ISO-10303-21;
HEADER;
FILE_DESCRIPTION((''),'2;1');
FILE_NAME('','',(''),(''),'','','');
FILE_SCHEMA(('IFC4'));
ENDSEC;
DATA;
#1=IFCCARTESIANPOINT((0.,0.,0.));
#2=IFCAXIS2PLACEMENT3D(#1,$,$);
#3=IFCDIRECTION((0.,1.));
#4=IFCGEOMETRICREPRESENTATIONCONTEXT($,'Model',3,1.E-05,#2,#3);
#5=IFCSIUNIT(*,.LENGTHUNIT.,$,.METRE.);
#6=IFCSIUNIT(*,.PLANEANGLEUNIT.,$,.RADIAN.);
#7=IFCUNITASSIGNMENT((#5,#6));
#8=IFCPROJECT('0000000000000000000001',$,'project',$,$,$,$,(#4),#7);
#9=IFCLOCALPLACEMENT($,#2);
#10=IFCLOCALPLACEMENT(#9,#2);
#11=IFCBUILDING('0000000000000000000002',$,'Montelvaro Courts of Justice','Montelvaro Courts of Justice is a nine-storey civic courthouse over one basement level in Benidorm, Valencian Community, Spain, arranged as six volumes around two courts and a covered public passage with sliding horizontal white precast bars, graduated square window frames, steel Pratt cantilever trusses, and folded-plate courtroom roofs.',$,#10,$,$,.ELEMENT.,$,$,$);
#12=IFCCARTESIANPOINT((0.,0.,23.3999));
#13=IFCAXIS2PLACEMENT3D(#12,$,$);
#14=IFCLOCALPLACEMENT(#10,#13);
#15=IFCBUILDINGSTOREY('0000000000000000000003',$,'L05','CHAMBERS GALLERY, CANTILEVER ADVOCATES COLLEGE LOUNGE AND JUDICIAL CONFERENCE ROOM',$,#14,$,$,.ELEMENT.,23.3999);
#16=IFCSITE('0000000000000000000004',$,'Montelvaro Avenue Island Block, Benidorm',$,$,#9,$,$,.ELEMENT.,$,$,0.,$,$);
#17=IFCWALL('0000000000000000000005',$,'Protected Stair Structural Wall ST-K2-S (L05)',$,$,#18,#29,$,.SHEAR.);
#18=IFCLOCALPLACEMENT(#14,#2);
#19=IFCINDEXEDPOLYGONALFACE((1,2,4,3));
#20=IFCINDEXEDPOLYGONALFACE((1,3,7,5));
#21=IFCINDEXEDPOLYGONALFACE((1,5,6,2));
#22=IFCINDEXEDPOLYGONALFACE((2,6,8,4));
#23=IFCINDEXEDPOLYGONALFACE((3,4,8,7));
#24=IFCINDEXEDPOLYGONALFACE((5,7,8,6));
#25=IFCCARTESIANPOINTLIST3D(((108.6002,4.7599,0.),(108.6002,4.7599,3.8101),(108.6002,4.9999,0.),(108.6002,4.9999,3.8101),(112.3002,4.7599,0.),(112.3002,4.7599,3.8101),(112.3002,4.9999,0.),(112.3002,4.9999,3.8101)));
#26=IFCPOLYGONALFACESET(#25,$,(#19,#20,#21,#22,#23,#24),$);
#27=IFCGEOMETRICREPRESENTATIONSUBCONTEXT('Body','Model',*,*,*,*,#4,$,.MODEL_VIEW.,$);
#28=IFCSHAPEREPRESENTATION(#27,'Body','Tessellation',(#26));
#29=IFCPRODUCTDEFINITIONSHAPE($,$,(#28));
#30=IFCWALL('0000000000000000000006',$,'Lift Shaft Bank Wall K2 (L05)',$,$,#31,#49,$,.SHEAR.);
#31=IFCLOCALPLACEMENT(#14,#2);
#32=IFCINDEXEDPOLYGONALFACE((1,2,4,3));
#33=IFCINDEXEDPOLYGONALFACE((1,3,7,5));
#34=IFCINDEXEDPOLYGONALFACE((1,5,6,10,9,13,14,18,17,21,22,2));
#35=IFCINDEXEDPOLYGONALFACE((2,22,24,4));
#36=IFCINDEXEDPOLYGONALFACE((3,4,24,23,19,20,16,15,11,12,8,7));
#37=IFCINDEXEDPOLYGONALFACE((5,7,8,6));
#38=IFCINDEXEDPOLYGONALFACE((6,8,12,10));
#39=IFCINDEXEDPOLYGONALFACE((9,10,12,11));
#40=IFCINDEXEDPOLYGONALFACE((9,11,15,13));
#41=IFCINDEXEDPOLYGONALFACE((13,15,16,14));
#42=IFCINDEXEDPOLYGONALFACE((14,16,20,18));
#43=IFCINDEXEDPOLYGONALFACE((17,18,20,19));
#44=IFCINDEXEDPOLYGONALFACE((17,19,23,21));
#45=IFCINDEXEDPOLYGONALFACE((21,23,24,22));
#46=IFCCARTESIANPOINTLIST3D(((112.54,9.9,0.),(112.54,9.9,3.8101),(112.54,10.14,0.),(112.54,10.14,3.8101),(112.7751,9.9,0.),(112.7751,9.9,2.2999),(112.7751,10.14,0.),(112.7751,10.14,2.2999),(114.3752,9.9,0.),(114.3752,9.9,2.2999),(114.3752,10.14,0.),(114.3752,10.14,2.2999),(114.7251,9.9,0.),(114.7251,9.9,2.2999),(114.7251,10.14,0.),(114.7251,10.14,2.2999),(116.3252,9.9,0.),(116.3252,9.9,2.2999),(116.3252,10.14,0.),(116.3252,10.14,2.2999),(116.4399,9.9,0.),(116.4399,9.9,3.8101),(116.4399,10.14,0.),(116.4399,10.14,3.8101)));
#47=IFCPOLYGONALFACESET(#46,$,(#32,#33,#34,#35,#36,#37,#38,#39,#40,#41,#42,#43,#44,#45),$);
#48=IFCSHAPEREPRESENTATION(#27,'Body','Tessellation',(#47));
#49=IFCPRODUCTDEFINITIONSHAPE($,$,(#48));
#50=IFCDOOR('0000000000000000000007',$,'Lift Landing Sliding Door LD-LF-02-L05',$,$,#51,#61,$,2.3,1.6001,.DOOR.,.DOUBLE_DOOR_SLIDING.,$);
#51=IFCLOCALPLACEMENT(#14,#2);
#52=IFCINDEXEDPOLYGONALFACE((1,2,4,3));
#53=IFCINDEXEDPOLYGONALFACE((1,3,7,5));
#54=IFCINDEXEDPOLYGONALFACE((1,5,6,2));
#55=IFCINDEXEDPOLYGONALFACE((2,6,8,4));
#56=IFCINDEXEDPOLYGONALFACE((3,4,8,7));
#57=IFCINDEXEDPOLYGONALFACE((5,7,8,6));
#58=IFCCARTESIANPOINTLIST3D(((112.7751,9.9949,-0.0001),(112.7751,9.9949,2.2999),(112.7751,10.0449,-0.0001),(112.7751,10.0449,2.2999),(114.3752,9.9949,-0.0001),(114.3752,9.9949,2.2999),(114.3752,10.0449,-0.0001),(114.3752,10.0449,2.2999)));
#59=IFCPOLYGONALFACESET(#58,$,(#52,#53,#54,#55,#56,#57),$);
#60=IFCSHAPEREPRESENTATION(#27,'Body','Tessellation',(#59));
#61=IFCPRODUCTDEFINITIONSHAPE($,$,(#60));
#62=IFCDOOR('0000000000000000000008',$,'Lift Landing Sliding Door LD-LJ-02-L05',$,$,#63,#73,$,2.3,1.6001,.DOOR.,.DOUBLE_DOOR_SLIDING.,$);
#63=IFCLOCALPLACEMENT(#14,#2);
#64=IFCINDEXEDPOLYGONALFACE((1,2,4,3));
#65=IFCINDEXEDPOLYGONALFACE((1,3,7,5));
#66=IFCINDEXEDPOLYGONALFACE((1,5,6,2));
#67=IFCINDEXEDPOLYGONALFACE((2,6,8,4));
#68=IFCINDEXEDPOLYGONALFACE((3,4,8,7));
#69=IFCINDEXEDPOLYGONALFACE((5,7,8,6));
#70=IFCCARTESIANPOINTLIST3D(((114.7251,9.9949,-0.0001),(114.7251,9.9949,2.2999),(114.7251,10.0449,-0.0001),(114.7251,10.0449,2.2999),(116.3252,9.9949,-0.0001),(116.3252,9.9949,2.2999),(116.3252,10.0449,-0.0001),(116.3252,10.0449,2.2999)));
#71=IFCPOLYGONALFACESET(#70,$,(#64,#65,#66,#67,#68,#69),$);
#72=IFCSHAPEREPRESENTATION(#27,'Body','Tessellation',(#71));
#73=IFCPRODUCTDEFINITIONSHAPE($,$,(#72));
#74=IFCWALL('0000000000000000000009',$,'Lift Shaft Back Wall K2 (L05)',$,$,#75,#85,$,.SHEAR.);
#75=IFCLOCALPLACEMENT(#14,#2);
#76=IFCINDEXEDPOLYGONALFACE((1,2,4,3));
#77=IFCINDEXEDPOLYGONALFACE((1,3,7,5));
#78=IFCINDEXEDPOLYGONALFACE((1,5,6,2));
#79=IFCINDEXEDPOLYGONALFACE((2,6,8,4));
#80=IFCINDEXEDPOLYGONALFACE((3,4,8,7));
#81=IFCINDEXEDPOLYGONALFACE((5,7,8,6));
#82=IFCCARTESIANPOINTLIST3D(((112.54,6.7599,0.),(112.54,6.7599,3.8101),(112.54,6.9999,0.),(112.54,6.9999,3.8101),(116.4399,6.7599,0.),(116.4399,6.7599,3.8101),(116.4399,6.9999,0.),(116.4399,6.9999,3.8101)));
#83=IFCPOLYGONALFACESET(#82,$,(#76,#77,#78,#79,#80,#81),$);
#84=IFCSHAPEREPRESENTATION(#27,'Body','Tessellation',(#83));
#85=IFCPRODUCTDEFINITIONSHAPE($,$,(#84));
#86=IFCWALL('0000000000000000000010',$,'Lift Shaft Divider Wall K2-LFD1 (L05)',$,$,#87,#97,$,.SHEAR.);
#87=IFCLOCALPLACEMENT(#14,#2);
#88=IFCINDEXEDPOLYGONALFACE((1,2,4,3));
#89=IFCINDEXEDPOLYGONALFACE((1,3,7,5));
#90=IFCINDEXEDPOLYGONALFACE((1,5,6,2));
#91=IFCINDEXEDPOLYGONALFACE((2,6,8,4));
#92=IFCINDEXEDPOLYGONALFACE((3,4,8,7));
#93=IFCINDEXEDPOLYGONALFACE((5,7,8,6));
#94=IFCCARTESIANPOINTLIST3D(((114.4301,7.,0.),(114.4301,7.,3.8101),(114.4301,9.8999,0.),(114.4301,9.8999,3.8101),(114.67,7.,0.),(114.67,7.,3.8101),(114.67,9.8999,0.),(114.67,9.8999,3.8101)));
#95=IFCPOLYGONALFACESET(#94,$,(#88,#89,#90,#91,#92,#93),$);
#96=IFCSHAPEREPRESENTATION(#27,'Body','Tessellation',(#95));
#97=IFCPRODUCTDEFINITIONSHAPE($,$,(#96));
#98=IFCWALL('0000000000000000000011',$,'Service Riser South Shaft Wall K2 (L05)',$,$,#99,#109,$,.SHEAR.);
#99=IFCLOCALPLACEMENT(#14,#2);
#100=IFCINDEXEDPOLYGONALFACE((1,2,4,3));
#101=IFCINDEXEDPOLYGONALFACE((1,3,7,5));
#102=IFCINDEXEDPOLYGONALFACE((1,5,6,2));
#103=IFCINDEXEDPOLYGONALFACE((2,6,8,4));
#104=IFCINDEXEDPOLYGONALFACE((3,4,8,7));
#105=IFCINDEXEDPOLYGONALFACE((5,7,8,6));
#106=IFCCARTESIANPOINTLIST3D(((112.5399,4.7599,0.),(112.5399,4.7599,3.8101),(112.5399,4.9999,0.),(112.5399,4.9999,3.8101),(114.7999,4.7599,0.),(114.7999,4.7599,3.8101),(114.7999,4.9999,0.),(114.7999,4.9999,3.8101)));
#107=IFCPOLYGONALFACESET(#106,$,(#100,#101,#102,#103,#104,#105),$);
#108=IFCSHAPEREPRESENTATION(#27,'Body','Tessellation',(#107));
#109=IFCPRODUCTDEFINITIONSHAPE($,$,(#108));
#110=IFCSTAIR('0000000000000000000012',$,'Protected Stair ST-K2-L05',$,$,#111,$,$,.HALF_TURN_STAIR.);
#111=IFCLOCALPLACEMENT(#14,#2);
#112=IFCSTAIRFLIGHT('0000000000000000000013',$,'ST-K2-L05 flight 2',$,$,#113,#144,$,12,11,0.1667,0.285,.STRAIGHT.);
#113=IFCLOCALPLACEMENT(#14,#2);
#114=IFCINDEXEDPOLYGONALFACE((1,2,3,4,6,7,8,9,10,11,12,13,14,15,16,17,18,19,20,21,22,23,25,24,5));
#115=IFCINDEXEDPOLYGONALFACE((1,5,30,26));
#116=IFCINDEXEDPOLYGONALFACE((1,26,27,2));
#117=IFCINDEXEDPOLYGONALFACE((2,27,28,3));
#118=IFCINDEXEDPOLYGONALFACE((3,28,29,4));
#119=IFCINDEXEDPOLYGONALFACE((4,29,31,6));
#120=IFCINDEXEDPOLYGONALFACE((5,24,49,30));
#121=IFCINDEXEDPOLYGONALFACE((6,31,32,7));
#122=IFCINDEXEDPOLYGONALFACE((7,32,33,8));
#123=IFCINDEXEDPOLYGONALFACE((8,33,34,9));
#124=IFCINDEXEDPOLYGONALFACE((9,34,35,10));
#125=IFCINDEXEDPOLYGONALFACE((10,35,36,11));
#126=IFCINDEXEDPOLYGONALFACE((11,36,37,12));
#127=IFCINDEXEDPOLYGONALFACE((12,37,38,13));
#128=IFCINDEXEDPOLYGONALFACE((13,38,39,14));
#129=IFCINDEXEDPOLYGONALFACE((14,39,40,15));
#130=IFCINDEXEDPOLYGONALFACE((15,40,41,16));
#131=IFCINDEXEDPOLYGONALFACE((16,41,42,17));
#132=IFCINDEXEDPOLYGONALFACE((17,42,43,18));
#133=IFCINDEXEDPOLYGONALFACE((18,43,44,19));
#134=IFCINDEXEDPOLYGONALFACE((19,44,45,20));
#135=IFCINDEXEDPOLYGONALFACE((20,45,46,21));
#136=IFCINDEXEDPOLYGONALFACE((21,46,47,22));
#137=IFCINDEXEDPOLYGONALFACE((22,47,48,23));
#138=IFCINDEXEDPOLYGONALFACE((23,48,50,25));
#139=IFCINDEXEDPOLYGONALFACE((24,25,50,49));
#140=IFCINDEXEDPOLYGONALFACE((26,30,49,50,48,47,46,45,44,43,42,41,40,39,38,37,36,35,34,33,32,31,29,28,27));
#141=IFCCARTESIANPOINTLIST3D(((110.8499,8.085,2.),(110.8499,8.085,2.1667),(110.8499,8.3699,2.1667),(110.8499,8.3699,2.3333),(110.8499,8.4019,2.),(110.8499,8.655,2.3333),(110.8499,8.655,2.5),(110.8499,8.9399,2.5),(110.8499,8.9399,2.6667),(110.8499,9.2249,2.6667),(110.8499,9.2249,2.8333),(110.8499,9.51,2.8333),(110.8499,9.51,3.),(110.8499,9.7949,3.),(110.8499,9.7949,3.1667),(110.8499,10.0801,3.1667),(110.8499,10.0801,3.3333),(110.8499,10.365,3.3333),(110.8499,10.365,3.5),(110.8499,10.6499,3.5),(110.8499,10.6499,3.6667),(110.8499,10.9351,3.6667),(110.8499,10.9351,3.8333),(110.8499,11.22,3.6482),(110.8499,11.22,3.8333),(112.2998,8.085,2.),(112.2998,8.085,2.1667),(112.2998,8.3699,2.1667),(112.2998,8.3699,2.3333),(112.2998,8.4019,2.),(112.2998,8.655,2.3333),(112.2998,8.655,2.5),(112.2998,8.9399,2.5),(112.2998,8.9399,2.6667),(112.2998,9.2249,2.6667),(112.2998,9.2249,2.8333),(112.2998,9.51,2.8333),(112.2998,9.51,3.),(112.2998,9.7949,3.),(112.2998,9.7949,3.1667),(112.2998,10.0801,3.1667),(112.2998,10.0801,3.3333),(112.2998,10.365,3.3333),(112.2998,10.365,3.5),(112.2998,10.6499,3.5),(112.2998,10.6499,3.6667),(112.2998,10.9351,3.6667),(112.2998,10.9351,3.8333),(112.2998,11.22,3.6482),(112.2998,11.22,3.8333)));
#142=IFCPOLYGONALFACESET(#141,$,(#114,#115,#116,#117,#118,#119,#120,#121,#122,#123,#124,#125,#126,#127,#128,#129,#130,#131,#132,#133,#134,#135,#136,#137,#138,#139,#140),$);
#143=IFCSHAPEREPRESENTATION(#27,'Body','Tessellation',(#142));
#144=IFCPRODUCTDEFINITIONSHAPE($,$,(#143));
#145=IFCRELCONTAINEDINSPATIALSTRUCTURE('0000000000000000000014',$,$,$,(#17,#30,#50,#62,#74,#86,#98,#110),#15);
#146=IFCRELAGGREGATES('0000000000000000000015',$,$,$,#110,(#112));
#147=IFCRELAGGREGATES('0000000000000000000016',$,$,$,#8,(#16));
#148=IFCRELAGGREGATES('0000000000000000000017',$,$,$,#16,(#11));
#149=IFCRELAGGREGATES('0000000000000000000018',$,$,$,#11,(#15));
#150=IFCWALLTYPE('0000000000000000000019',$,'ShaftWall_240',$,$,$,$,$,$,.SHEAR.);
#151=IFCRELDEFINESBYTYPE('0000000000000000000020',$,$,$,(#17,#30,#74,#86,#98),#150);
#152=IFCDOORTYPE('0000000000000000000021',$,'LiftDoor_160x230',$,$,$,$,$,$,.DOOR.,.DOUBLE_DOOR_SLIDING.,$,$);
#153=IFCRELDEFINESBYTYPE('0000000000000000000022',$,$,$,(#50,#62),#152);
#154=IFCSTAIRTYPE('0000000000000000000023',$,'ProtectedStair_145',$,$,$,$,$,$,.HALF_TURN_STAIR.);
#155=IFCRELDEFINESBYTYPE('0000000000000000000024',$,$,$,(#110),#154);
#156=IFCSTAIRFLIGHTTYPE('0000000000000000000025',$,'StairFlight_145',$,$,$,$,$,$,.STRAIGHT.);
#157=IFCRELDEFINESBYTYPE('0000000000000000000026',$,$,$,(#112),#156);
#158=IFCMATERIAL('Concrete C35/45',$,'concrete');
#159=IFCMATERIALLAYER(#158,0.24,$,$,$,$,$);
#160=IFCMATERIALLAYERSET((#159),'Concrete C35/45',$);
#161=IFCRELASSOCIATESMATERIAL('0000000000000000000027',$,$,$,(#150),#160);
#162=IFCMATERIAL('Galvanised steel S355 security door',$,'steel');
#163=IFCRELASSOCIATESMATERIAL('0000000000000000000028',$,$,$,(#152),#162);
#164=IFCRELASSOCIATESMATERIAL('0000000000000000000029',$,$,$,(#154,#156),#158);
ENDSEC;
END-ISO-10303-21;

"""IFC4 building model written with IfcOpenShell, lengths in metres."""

from ifc_helpers import new_model, si_unit, direction, frame, frame_2d, origin, place, context, subcontext, project, spatial, polyline, rectangle, outline, extrude, material, layer, layer_set, type_object, element, fill, aggregate, save


model = new_model("IFC4")

# Units and contexts
model_context = context("Model", 3, precision=1e-05, world=origin(), true_north=direction((0.0, 1.0)))
body_context = subcontext(model_context, "Body", "Model", "MODEL_VIEW")
ifc_project = project(units=[si_unit("LENGTHUNIT", "METRE"), si_unit("PLANEANGLEUNIT", "RADIAN")], contexts=[model_context])

# Site, building, storey
site_placement = place(None, origin())
site = spatial("IfcSite", under=ifc_project, at=site_placement, Name="Montelvaro Avenue Island Block, Benidorm", CompositionType="ELEMENT", RefElevation=0.0)
building_placement = place(site_placement, origin())
building = spatial("IfcBuilding", under=site, at=building_placement, Name="Montelvaro Courts of Justice", Description="Montelvaro Courts of Justice is a nine-storey civic courthouse over one basement level in Benidorm, Valencian Community, Spain, arranged as six volumes around two courts and a covered public passage with sliding horizontal white precast bars, graduated square window frames, steel Pratt cantilever trusses, and folded-plate courtroom roofs.", CompositionType="ELEMENT")
storey_placement = place(building_placement, frame((0.0, 0.0, 23.3999)))
storey = spatial("IfcBuildingStorey", under=building, at=storey_placement, Name="L05", Description="CHAMBERS GALLERY, CANTILEVER ADVOCATES COLLEGE LOUNGE AND JUDICIAL CONFERENCE ROOM", CompositionType="ELEMENT", Elevation=23.3999)

# Shared definitions
ifc_material_1 = material(Name="Concrete C35/45", Category="concrete")
ifc_layer_1 = layer(ifc_material_1, 0.24)
ifc_layer_set_1 = layer_set([ifc_layer_1], Name="Concrete C35/45")
wall_type_1 = type_object("IfcWallType", Name="ShaftWall_240", PredefinedType="SHEAR", material=ifc_layer_set_1)

# Shared definitions
ifc_material_2 = material(Name="Galvanised steel S355 security door", Category="steel")

# Wall
wall_1_placement = place(storey_placement, frame((108.6001, 4.8799, 0.0), z_axis=(0.0, 0.0, 1.0), x_axis=(1.0, 0.0, 0.0)))
element("IfcWall", 1, at=wall_1_placement, inside=storey, type_object=wall_type_1, Name="Protected Stair Structural Wall ST-K2-S (L05)", PredefinedType="SHEAR", context=body_context, shape_type="SweptSolid", body=[
    extrude(rectangle(XDim=3.7, YDim=0.24, at=frame_2d((1.8501, 0.0))), origin(), (0.0, 0.0, 1.0), 3.8101),
])

# Wall, openings, doors
wall_2_placement = place(storey_placement, frame((112.54, 10.02, 0.0), z_axis=(0.0, 0.0, 1.0), x_axis=(1.0, 0.0, 0.0)))
wall_2 = element("IfcWall", 2, at=wall_2_placement, inside=storey, type_object=wall_type_1, Name="Lift Shaft Bank Wall K2 (L05)", PredefinedType="SHEAR", context=body_context, shape_type="SweptSolid", body=[
    extrude(rectangle(XDim=3.8999, YDim=0.24, at=frame_2d((1.95, 0.0))), origin(), (0.0, 0.0, 1.0), 3.8101),
])
opening_1_placement = place(wall_2_placement, frame((0.2351, 0.0, 0.0)))
opening_1 = element("IfcOpeningElement", 3, at=opening_1_placement, cuts=wall_2, PredefinedType="OPENING", context=body_context, shape_type="SweptSolid", body=[
    extrude(rectangle(XDim=1.6001, YDim=2.3, at=frame_2d((0.8, 1.1499))), frame((0.0, 0.1348, 0.0), z_axis=(0.0, -1.0, 0.0), x_axis=(1.0, 0.0, 0.0)), (0.0, 0.0, 1.0), 0.2698),
])
opening_2_placement = place(wall_2_placement, frame((2.1851, 0.0, 0.0)))
opening_2 = element("IfcOpeningElement", 4, at=opening_2_placement, cuts=wall_2, PredefinedType="OPENING", context=body_context, shape_type="SweptSolid", body=[
    extrude(rectangle(XDim=1.6001, YDim=2.3, at=frame_2d((0.8, 1.1499))), frame((0.0, 0.1348, 0.0), z_axis=(0.0, -1.0, 0.0), x_axis=(1.0, 0.0, 0.0)), (0.0, 0.0, 1.0), 0.2698),
])
door_type_1 = type_object("IfcDoorType", Name="LiftDoor_160x230", OperationType="DOUBLE_DOOR_SLIDING", PredefinedType="DOOR", material=ifc_material_2)
door_1_placement = place(opening_1_placement, origin())
door_1 = element("IfcDoor", 5, at=door_1_placement, inside=storey, type_object=door_type_1, Name="Lift Landing Sliding Door LD-LF-02-L05", OperationType="DOUBLE_DOOR_SLIDING", OverallHeight=2.3, OverallWidth=1.6001, PredefinedType="DOOR", context=body_context, shape_type="SweptSolid", body=[
    extrude(rectangle(XDim=1.6001, YDim=2.3, at=frame_2d((0.8, 1.1499))), frame((0.0, 0.0249, 0.0), z_axis=(0.0, -1.0, 0.0), x_axis=(1.0, 0.0, 0.0)), (0.0, 0.0, 1.0), 0.05),
])
fill(opening_1, door_1)
door_2_placement = place(opening_2_placement, origin())
door_2 = element("IfcDoor", 6, at=door_2_placement, inside=storey, type_object=door_type_1, Name="Lift Landing Sliding Door LD-LJ-02-L05", OperationType="DOUBLE_DOOR_SLIDING", OverallHeight=2.3, OverallWidth=1.6001, PredefinedType="DOOR", context=body_context, shape_type="SweptSolid", body=[
    extrude(rectangle(XDim=1.6001, YDim=2.3, at=frame_2d((0.8, 1.1499))), frame((0.0, 0.0249, 0.0), z_axis=(0.0, -1.0, 0.0), x_axis=(1.0, 0.0, 0.0)), (0.0, 0.0, 1.0), 0.05),
])
fill(opening_2, door_2)

# Walls
wall_3_placement = place(storey_placement, frame((112.54, 6.8799, 0.0), z_axis=(0.0, 0.0, 1.0), x_axis=(1.0, 0.0, 0.0)))
element("IfcWall", 7, at=wall_3_placement, inside=storey, type_object=wall_type_1, Name="Lift Shaft Back Wall K2 (L05)", PredefinedType="SHEAR", context=body_context, shape_type="SweptSolid", body=[
    extrude(rectangle(XDim=3.8999, YDim=0.24, at=frame_2d((1.95, 0.0))), origin(), (0.0, 0.0, 1.0), 3.8101),
])
wall_4_placement = place(storey_placement, frame((114.55, 7.0, 0.0), z_axis=(0.0, 0.0, 1.0), x_axis=(0.0, 1.0, 0.0)))
element("IfcWall", 8, at=wall_4_placement, inside=storey, type_object=wall_type_1, Name="Lift Shaft Divider Wall K2-LFD1 (L05)", PredefinedType="SHEAR", context=body_context, shape_type="SweptSolid", body=[
    extrude(rectangle(XDim=2.8999, YDim=0.24, at=frame_2d((1.45, 0.0))), origin(), (0.0, 0.0, 1.0), 3.8101),
])
wall_5_placement = place(storey_placement, frame((112.54, 4.8799, 0.0), z_axis=(0.0, 0.0, 1.0), x_axis=(1.0, 0.0, 0.0)))
element("IfcWall", 9, at=wall_5_placement, inside=storey, type_object=wall_type_1, Name="Service Riser South Shaft Wall K2 (L05)", PredefinedType="SHEAR", context=body_context, shape_type="SweptSolid", body=[
    extrude(rectangle(XDim=2.26, YDim=0.24, at=frame_2d((1.1299, 0.0))), origin(), (0.0, 0.0, 1.0), 3.8101),
])

# Stair, stair flight
stair_type = type_object("IfcStairType", Name="ProtectedStair_145", PredefinedType="HALF_TURN_STAIR", material=ifc_material_1)
stair_placement = place(storey_placement, origin())
stair = element("IfcStair", 10, at=stair_placement, inside=storey, type_object=stair_type, Name="Protected Stair ST-K2-L05", PredefinedType="HALF_TURN_STAIR")
stair_flight_type = type_object("IfcStairFlightType", Name="StairFlight_145", PredefinedType="STRAIGHT", material=ifc_material_1)
stair_flight_placement = place(storey_placement, frame((111.575, 8.085, 2.0), z_axis=(0.0, 0.0, 1.0), x_axis=(0.0, 1.0, 0.0)))
stair_flight = element("IfcStairFlight", 11, at=stair_flight_placement, type_object=stair_flight_type, Name="ST-K2-L05 flight 2", NumberOfRisers=12, NumberOfTreads=11, PredefinedType="STRAIGHT", RiserHeight=0.1667, TreadLength=0.285, context=body_context, shape_type="SweptSolid", body=[
    extrude(outline(polyline([(0.0, 0.0), (0.0, 0.1667), (0.2849, 0.1667), (0.2849, 0.3333), (0.5701, 0.3333), (0.5701, 0.5), (0.855, 0.5), (0.855, 0.6667), (1.1399, 0.6667), (1.1399, 0.8333), (1.425, 0.8333), (1.425, 1.0), (1.71, 1.0), (1.71, 1.1667), (1.9951, 1.1667), (1.9951, 1.3333), (2.28, 1.3333), (2.28, 1.5), (2.5649, 1.5), (2.5649, 1.6667), (2.8501, 1.6667), (2.8501, 1.8333), (3.135, 1.8333), (3.135, 2.0), (3.135, 1.6482), (0.3169, 0.0), (0.0, 0.0)])), frame((0.0, 0.7251, 0.0), z_axis=(0.0, -1.0, 0.0), x_axis=(1.0, 0.0, 0.0)), (0.0, 0.0, 1.0), 1.45),
])
aggregate(stair, [stair_flight])

save(model, "model.ifc")
